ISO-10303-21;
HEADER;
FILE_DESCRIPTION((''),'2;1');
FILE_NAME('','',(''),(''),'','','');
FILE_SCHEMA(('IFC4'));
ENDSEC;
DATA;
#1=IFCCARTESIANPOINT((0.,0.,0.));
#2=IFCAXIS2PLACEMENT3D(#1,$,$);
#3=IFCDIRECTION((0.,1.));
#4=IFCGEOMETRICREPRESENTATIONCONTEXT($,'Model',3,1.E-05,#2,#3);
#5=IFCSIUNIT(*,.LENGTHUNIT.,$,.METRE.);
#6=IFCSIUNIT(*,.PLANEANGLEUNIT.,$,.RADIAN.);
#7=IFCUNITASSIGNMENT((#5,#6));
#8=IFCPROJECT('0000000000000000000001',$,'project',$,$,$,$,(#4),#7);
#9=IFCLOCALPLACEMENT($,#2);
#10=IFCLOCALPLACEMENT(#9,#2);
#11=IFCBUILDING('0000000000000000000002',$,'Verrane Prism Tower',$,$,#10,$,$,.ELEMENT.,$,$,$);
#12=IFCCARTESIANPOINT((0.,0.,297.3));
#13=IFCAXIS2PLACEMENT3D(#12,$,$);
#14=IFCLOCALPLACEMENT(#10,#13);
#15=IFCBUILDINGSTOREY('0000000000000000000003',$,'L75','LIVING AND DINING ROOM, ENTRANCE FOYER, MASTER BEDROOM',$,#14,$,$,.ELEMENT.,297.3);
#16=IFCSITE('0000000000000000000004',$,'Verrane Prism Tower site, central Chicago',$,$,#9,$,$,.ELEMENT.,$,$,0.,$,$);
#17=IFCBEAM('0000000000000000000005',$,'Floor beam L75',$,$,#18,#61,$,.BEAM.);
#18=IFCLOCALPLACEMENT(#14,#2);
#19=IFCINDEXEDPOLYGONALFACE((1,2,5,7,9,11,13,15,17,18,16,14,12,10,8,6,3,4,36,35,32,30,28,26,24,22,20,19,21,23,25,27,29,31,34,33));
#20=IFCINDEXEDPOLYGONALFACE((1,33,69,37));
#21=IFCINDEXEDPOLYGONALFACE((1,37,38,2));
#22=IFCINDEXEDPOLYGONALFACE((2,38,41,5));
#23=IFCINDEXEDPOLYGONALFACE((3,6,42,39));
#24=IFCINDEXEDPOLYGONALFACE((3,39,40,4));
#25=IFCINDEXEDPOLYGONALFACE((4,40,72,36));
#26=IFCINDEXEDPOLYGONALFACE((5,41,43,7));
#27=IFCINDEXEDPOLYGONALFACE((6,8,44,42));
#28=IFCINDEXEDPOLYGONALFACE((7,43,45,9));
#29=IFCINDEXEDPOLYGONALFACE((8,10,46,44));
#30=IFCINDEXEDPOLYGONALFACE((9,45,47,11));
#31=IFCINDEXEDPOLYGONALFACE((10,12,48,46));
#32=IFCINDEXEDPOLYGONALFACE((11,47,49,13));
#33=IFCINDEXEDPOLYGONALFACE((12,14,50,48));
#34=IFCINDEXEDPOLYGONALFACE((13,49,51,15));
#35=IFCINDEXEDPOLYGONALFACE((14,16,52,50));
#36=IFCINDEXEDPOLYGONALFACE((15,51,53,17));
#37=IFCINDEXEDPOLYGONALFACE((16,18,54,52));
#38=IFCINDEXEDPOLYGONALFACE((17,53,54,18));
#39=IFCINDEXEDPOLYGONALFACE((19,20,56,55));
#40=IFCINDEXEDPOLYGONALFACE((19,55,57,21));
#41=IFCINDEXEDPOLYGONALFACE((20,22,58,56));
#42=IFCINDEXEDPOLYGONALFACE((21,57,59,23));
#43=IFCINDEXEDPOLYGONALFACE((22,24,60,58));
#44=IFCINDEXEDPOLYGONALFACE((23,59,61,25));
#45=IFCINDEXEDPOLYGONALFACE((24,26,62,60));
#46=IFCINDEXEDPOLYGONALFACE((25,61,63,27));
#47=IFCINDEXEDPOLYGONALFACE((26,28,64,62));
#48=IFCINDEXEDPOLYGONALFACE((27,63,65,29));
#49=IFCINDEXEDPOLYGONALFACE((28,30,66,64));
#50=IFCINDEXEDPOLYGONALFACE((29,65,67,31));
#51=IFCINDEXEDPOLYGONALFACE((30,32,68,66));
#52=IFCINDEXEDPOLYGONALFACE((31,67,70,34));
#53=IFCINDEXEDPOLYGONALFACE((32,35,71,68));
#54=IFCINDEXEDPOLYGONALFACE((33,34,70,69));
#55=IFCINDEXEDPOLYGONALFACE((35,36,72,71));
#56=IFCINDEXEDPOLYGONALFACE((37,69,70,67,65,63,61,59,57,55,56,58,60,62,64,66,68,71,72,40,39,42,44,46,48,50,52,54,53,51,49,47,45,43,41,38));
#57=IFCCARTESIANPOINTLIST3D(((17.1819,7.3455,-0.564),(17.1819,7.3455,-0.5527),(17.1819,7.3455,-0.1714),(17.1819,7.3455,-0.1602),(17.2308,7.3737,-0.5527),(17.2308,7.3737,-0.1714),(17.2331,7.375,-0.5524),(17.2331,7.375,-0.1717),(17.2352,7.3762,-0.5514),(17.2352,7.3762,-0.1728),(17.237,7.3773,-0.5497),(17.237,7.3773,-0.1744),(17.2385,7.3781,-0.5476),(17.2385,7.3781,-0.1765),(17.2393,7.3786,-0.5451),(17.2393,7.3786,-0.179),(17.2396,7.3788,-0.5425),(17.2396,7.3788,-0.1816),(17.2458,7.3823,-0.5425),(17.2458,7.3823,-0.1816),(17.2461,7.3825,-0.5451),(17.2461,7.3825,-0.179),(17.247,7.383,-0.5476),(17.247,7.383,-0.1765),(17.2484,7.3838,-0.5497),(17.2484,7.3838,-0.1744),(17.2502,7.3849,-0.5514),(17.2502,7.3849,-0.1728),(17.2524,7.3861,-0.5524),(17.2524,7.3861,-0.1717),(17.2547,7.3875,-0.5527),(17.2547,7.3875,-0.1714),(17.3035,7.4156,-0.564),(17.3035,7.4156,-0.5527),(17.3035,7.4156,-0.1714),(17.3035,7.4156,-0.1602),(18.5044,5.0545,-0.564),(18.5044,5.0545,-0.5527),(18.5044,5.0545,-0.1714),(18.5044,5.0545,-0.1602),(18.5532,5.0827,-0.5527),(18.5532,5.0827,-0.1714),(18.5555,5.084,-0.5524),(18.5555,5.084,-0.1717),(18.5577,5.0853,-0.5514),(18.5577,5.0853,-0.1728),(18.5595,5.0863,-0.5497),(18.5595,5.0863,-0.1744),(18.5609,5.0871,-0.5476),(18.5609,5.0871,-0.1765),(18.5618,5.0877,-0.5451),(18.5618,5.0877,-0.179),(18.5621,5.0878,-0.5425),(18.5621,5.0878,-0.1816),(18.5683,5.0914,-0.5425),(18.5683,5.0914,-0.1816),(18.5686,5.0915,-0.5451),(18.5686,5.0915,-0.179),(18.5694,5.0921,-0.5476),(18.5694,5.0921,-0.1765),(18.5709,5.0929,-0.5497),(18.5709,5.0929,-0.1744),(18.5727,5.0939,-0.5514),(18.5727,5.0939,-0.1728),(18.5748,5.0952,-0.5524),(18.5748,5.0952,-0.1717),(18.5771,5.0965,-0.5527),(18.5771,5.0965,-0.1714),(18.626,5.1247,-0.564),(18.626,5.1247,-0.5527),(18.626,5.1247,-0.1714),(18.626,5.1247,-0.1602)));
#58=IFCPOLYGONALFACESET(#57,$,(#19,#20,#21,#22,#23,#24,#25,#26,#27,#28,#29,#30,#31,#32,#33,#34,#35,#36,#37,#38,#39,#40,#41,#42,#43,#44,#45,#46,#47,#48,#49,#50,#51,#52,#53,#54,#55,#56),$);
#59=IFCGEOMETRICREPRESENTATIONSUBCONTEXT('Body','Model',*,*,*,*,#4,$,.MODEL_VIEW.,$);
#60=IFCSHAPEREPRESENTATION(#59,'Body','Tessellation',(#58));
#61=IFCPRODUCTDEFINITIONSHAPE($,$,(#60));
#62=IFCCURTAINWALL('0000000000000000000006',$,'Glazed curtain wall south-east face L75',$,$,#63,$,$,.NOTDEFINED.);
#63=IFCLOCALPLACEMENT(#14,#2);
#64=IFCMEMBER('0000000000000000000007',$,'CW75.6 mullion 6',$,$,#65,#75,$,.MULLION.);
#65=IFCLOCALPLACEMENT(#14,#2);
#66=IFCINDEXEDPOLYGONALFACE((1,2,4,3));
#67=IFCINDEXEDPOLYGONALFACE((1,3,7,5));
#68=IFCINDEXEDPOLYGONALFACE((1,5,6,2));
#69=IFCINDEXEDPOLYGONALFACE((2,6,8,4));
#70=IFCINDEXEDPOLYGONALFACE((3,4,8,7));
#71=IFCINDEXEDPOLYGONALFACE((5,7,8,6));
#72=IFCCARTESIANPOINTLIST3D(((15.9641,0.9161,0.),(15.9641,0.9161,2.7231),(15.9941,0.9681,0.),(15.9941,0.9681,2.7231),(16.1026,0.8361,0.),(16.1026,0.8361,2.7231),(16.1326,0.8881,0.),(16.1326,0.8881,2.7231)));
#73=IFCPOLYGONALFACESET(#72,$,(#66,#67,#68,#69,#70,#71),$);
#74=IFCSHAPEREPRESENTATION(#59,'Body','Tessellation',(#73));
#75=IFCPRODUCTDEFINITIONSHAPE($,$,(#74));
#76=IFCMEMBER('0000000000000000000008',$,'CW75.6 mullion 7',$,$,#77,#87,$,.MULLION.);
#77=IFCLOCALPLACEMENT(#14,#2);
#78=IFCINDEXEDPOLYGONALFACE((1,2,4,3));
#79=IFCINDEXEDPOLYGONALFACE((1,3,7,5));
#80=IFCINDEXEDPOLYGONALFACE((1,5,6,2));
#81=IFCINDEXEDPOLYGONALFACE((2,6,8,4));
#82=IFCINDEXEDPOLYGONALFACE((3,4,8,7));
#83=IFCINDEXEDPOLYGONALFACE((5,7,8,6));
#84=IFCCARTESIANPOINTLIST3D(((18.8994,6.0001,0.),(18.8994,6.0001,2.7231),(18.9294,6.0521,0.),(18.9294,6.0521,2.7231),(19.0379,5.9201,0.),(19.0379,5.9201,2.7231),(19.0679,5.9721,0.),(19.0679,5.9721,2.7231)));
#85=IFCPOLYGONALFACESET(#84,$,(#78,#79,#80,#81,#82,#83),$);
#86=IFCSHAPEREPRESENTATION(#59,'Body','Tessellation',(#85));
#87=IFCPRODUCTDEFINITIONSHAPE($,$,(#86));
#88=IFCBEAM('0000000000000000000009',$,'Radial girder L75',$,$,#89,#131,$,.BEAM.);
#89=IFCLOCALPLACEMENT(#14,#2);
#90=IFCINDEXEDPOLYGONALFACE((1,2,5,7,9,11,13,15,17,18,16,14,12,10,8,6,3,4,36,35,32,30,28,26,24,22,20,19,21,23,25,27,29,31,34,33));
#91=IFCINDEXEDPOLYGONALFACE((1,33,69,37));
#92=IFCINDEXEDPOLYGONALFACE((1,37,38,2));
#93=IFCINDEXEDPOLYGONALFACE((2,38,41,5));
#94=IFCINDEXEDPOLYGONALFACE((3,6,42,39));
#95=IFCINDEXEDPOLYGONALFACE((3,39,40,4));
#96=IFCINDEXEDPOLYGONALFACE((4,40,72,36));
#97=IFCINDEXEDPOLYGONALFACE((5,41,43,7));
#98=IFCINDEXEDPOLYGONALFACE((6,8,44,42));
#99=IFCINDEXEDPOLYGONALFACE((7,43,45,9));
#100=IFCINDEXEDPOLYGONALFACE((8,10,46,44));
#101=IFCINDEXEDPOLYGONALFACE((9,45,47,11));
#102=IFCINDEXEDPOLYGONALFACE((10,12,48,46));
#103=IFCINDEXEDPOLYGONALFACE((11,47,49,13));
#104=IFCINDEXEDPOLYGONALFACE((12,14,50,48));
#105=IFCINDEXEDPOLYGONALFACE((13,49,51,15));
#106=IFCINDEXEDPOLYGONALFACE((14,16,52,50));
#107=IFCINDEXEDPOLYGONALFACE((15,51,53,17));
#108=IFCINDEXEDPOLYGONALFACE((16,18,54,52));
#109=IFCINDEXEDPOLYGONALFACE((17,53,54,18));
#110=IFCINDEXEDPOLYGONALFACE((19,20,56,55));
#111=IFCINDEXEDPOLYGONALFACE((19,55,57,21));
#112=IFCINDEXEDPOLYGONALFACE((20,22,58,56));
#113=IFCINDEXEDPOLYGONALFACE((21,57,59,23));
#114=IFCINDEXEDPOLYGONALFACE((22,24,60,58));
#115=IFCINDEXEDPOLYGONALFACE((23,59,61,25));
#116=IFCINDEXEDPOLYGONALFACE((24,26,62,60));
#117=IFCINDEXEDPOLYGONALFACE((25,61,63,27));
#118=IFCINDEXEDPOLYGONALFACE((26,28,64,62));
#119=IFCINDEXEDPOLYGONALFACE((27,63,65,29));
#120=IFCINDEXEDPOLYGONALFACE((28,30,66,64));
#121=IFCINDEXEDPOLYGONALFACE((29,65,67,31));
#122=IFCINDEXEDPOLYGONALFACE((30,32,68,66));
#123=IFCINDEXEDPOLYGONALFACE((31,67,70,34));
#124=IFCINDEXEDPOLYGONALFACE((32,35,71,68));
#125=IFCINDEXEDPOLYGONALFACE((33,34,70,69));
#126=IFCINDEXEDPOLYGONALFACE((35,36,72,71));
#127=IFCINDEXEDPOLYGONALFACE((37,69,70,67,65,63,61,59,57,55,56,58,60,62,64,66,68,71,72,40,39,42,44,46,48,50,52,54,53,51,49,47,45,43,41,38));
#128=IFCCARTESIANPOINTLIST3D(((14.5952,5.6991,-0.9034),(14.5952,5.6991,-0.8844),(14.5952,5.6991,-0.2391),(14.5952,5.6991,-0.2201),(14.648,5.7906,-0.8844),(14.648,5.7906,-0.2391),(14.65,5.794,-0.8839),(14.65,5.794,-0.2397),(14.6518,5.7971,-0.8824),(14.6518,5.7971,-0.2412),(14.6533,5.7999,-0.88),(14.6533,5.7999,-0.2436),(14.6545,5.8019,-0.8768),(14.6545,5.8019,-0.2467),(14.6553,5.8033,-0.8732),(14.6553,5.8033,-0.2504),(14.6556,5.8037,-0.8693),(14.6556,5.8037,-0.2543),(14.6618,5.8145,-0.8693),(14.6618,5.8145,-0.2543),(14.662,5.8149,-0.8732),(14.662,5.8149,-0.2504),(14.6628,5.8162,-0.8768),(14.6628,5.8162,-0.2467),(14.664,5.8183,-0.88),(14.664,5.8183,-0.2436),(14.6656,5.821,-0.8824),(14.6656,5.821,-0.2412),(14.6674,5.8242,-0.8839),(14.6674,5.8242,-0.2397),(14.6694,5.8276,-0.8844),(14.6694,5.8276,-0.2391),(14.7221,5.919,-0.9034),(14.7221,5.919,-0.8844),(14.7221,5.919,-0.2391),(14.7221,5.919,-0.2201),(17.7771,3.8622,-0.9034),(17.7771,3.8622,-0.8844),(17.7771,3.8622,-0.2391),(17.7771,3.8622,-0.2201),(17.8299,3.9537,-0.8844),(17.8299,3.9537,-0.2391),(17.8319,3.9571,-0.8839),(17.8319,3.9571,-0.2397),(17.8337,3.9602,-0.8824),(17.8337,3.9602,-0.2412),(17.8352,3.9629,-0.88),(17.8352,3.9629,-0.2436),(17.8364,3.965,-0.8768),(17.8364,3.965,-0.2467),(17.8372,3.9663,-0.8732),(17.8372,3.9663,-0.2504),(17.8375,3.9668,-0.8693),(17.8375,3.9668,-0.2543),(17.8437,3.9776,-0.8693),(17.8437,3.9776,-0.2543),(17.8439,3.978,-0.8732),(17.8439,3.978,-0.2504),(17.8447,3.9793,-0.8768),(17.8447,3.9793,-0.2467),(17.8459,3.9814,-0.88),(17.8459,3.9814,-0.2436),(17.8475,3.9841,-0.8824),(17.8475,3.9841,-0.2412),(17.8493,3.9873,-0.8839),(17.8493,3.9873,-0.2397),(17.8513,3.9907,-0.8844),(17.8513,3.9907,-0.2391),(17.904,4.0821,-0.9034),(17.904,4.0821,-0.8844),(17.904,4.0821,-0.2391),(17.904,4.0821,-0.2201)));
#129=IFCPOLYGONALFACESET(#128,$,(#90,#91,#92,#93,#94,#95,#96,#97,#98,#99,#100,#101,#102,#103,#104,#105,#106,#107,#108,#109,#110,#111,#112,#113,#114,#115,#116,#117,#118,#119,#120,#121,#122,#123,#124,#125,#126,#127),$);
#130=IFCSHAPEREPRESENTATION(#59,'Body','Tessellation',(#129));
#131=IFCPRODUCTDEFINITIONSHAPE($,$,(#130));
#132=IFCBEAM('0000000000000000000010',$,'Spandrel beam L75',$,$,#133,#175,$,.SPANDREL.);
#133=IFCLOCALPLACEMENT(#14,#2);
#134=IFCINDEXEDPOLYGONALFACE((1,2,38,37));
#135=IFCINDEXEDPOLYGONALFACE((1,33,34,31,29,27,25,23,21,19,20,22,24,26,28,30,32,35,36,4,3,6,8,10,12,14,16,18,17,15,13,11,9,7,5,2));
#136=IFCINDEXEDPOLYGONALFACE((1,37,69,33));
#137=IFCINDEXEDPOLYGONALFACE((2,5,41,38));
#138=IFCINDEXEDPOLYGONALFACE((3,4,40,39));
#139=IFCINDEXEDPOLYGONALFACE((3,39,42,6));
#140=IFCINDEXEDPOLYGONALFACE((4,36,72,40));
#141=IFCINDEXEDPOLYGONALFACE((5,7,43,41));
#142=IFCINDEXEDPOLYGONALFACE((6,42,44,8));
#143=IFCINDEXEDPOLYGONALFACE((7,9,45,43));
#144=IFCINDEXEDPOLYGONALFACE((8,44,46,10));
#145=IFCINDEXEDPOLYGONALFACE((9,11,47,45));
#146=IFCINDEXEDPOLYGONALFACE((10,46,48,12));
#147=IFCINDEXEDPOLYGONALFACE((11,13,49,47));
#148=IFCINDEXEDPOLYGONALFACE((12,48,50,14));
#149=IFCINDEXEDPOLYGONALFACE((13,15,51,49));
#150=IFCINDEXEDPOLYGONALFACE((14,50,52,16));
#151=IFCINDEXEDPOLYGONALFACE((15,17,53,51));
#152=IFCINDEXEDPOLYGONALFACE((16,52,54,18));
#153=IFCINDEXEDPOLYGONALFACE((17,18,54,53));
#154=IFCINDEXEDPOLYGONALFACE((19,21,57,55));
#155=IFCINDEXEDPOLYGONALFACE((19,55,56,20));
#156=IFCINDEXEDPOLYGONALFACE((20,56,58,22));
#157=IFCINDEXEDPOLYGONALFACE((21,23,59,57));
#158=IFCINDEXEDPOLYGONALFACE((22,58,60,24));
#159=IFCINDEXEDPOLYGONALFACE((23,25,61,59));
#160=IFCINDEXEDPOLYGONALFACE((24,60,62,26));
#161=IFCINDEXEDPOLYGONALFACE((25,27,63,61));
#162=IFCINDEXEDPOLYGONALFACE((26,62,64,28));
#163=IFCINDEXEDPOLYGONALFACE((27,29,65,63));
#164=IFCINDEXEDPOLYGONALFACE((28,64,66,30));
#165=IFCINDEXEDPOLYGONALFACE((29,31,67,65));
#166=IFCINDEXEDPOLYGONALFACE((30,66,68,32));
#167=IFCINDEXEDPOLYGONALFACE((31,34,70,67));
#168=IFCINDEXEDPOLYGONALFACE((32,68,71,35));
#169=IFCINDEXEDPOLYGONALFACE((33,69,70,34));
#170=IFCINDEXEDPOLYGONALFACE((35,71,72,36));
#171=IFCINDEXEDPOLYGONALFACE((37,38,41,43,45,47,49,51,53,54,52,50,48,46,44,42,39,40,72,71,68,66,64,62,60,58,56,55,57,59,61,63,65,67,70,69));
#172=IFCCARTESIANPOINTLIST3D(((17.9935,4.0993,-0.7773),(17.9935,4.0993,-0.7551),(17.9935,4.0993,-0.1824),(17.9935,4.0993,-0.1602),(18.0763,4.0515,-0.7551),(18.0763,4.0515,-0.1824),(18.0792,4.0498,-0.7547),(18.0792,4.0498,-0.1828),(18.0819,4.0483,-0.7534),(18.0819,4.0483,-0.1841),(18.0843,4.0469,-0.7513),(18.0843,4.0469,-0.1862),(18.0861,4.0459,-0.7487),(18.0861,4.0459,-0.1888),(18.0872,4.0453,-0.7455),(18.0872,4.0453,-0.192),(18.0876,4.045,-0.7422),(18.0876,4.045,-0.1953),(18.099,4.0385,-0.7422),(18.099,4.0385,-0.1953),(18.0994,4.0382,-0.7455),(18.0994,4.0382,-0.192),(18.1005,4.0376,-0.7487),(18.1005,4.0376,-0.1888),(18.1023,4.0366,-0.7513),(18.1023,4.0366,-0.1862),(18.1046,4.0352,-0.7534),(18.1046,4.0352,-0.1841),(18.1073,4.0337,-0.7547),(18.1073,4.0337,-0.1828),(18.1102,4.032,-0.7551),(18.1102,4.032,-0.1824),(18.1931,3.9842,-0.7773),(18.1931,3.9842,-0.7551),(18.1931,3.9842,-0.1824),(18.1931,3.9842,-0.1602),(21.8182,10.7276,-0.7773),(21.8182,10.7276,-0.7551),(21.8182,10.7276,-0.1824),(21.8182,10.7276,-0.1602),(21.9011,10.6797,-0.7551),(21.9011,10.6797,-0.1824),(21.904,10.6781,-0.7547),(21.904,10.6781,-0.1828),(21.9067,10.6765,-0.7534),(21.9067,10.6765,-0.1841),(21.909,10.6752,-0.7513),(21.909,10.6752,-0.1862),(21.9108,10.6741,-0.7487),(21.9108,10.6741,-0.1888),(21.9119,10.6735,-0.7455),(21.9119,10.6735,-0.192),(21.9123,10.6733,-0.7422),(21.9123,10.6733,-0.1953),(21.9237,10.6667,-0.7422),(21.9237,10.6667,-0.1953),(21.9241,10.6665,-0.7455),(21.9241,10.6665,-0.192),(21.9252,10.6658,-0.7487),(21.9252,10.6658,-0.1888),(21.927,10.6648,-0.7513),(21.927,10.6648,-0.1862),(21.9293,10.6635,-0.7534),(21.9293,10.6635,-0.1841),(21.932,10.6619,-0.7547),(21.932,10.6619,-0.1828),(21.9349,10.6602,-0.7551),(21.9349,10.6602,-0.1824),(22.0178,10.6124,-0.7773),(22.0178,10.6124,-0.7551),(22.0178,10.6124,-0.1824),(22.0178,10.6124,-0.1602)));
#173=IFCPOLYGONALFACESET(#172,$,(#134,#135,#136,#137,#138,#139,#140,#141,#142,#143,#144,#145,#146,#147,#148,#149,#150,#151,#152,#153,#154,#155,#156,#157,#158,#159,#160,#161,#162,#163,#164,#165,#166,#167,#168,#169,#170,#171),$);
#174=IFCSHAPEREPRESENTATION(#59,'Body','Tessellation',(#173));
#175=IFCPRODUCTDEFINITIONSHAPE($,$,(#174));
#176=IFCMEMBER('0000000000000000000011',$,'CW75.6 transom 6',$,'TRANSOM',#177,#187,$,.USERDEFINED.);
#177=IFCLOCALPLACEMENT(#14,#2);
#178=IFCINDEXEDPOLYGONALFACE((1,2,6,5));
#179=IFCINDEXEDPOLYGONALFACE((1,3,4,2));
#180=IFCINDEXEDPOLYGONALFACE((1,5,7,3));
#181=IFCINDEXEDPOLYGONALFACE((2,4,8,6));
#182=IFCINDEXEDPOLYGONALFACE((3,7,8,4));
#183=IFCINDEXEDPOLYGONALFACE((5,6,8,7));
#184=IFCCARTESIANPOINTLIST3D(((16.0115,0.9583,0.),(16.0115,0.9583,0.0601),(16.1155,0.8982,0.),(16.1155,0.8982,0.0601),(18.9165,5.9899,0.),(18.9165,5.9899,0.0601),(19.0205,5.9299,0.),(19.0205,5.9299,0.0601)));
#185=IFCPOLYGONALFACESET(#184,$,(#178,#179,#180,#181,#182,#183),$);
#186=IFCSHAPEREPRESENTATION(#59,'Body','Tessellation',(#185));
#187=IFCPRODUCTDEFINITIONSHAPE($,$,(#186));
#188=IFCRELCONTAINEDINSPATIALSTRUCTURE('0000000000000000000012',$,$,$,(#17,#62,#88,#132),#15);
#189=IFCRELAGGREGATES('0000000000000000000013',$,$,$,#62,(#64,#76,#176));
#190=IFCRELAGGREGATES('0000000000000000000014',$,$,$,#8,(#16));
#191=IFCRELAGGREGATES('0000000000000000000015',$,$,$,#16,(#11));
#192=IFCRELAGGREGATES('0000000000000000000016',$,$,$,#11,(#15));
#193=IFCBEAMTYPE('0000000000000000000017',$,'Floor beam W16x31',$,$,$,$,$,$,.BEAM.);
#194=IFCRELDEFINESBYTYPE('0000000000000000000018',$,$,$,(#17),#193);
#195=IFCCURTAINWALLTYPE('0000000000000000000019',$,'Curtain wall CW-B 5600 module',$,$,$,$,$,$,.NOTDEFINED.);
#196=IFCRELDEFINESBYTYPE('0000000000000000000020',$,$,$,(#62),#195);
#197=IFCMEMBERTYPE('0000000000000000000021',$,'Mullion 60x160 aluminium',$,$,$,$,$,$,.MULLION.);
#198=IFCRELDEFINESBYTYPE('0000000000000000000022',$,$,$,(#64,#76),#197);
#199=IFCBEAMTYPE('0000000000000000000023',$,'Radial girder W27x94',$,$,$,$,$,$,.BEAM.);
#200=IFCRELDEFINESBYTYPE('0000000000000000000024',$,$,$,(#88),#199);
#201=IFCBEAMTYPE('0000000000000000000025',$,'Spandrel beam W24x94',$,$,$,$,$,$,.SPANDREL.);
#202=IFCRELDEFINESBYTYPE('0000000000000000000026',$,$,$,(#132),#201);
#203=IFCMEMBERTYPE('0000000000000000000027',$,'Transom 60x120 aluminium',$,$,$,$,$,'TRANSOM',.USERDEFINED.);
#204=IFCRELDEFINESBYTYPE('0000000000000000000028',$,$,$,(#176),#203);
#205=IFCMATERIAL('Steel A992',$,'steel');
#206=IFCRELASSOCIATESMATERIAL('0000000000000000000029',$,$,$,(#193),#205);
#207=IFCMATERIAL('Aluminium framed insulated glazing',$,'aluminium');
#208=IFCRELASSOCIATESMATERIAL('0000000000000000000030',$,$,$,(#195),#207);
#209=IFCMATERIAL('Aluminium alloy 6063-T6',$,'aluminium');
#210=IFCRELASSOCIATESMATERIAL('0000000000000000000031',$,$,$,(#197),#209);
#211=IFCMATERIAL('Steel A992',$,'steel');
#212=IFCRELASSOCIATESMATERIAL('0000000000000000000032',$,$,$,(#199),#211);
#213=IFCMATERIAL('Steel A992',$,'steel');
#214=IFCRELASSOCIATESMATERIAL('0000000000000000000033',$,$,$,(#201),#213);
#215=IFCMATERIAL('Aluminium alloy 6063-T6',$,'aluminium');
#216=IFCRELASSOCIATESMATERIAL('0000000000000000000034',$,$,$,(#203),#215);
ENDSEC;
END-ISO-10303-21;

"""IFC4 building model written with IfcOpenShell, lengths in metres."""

from ifc_helpers import new_model, si_unit, direction, frame, origin, origin_2d, place, context, subcontext, project, spatial, rectangle, i_section, extrude, material, material_profile, profile_set, type_object, element, aggregate, save


model = new_model("IFC4")

# Units and contexts
model_context = context("Model", 3, precision=1e-05, world=origin(), true_north=direction((0.0, 1.0)))
body_context = subcontext(model_context, "Body", "Model", "MODEL_VIEW")
ifc_project = project(units=[si_unit("LENGTHUNIT", "METRE"), si_unit("PLANEANGLEUNIT", "RADIAN")], contexts=[model_context])

# Site, building, storey
site_placement = place(None, origin())
site = spatial("IfcSite", under=ifc_project, at=site_placement, Name="Verrane Prism Tower site, central Chicago", CompositionType="ELEMENT", RefElevation=0.0)
building_placement = place(site_placement, origin())
building = spatial("IfcBuilding", under=site, at=building_placement, Name="Verrane Prism Tower", CompositionType="ELEMENT")
storey_placement = place(building_placement, frame((0.0, 0.0, 297.3)))
storey = spatial("IfcBuildingStorey", under=building, at=storey_placement, Name="L75", Description="LIVING AND DINING ROOM, ENTRANCE FOYER, MASTER BEDROOM", CompositionType="ELEMENT", Elevation=297.3)

# Beam
ifc_material_1 = material(Name="Steel A992", Category="steel")
ifc_material_profile_1 = material_profile(ifc_material_1, i_section(OverallWidth=0.1404, OverallDepth=0.4038, WebThickness=0.0071, FlangeThickness=0.0112, FilletRadius=0.0103, at=origin_2d()), Name="W16x31")
ifc_profile_set_1 = profile_set([ifc_material_profile_1], Name="Steel A992")
beam_type_1 = type_object("IfcBeamType", Name="Floor beam W16x31", PredefinedType="BEAM", material=ifc_profile_set_1)
beam_1_placement = place(storey_placement, frame((18.5652, 5.0896, -0.3621), z_axis=(-0.499941, 0.86606, 0.0), x_axis=(-0.86606, -0.499941, 0.0)))
element("IfcBeam", 1, at=beam_1_placement, inside=storey, type_object=beam_type_1, Name="Floor beam L75", PredefinedType="BEAM", context=body_context, shape_type="SweptSolid", body=[
    extrude(i_section(OverallWidth=0.1404, OverallDepth=0.4038, WebThickness=0.0071, FlangeThickness=0.0112, FilletRadius=0.0103, at=origin_2d()), origin(), (0.0, 0.0, 1.0), 2.6453),
])

# Curtain wall, members
ifc_material_2 = material(Name="Aluminium framed insulated glazing", Category="aluminium")
curtain_wall_type = type_object("IfcCurtainWallType", Name="Curtain wall CW-B 5600 module", PredefinedType="NOTDEFINED", material=ifc_material_2)
curtain_wall_placement = place(storey_placement, origin())
curtain_wall = element("IfcCurtainWall", 2, at=curtain_wall_placement, inside=storey, type_object=curtain_wall_type, Name="Glazed curtain wall south-east face L75", PredefinedType="NOTDEFINED")
ifc_material_3 = material(Name="Aluminium alloy 6063-T6", Category="aluminium")
ifc_material_profile_2 = material_profile(ifc_material_3, rectangle(XDim=0.1599, YDim=0.0601, at=origin_2d()), Name="Mullion 60x160 aluminium")
ifc_profile_set_2 = profile_set([ifc_material_profile_2], Name="Aluminium alloy 6063-T6")
member_type_1 = type_object("IfcMemberType", Name="Mullion 60x160 aluminium", PredefinedType="MULLION", material=ifc_profile_set_2)
member_1_placement = place(storey_placement, frame((16.0483, 0.9021, 0.0), z_axis=(0.0, 0.0, 1.0), x_axis=(-0.866025, 0.500001, 0.0)))
member_1 = element("IfcMember", 3, at=member_1_placement, type_object=member_type_1, Name="CW75.6 mullion 6", PredefinedType="MULLION", context=body_context, shape_type="SweptSolid", body=[
    extrude(rectangle(XDim=0.1599, YDim=0.0601, at=origin_2d()), origin(), (0.0, 0.0, 1.0), 2.7231),
])
member_2_placement = place(storey_placement, frame((18.9836, 5.9861, 0.0), z_axis=(0.0, 0.0, 1.0), x_axis=(-0.866025, 0.500001, 0.0)))
member_2 = element("IfcMember", 4, at=member_2_placement, type_object=member_type_1, Name="CW75.6 mullion 7", PredefinedType="MULLION", context=body_context, shape_type="SweptSolid", body=[
    extrude(rectangle(XDim=0.1599, YDim=0.0601, at=origin_2d()), origin(), (0.0, 0.0, 1.0), 2.7231),
])

# Beams
ifc_material_4 = material(Name="Steel A992", Category="steel")
ifc_material_profile_3 = material_profile(ifc_material_4, i_section(OverallWidth=0.2539, OverallDepth=0.6833, WebThickness=0.0125, FlangeThickness=0.019, FilletRadius=0.0151, at=origin_2d()), Name="W27x94")
ifc_profile_set_3 = profile_set([ifc_material_profile_3], Name="Steel A992")
beam_type_2 = type_object("IfcBeamType", Name="Radial girder W27x94", PredefinedType="BEAM", material=ifc_profile_set_3)
beam_2_placement = place(storey_placement, frame((17.8406, 3.9722, -0.5618), z_axis=(-0.866043, 0.49997, 0.0), x_axis=(-0.49997, -0.866043, 0.0)))
element("IfcBeam", 5, at=beam_2_placement, inside=storey, type_object=beam_type_2, Name="Radial girder L75", PredefinedType="BEAM", context=body_context, shape_type="SweptSolid", body=[
    extrude(i_section(OverallWidth=0.2539, OverallDepth=0.6833, WebThickness=0.0125, FlangeThickness=0.019, FilletRadius=0.0151, at=origin_2d()), origin(), (0.0, 0.0, 1.0), 3.6741),
])
ifc_material_5 = material(Name="Steel A992", Category="steel")
ifc_material_profile_4 = material_profile(ifc_material_5, i_section(OverallWidth=0.2305, OverallDepth=0.6172, WebThickness=0.0132, FlangeThickness=0.0222, FilletRadius=0.0129, at=origin_2d()), Name="W24x94")
ifc_profile_set_4 = profile_set([ifc_material_profile_4], Name="Steel A992")
beam_type_3 = type_object("IfcBeamType", Name="Spandrel beam W24x94", PredefinedType="SPANDREL", material=ifc_profile_set_4)
beam_3_placement = place(storey_placement, frame((18.0933, 4.0417, -0.4688), z_axis=(0.499797, 0.866143, 0.0), x_axis=(-0.866143, 0.499797, 0.0)))
element("IfcBeam", 6, at=beam_3_placement, inside=storey, type_object=beam_type_3, Name="Spandrel beam L75", PredefinedType="SPANDREL", context=body_context, shape_type="SweptSolid", body=[
    extrude(i_section(OverallWidth=0.2305, OverallDepth=0.6172, WebThickness=0.0132, FlangeThickness=0.0222, FilletRadius=0.0129, at=origin_2d()), origin(), (0.0, 0.0, 1.0), 7.6526),
])

# Member
ifc_material_6 = material(Name="Aluminium alloy 6063-T6", Category="aluminium")
ifc_material_profile_5 = material_profile(ifc_material_6, rectangle(XDim=0.1201, YDim=0.0601, at=origin_2d()), Name="Transom 60x120 aluminium")
ifc_profile_set_5 = profile_set([ifc_material_profile_5], Name="Aluminium alloy 6063-T6")
member_type_2 = type_object("IfcMemberType", Name="Transom 60x120 aluminium", ElementType="TRANSOM", PredefinedType="USERDEFINED", material=ifc_profile_set_5)
member_3_placement = place(storey_placement, frame((16.0635, 0.9282, 0.03), z_axis=(0.499994, 0.866029, 0.0), x_axis=(-0.866029, 0.499994, 0.0)))
member_3 = element("IfcMember", 7, at=member_3_placement, type_object=member_type_2, Name="CW75.6 transom 6", ObjectType="TRANSOM", PredefinedType="USERDEFINED", context=body_context, shape_type="SweptSolid", body=[
    extrude(rectangle(XDim=0.1201, YDim=0.0601, at=origin_2d()), origin(), (0.0, 0.0, 1.0), 5.8101),
])

aggregate(curtain_wall, [member_1, member_2, member_3])

save(model, "model.ifc")
